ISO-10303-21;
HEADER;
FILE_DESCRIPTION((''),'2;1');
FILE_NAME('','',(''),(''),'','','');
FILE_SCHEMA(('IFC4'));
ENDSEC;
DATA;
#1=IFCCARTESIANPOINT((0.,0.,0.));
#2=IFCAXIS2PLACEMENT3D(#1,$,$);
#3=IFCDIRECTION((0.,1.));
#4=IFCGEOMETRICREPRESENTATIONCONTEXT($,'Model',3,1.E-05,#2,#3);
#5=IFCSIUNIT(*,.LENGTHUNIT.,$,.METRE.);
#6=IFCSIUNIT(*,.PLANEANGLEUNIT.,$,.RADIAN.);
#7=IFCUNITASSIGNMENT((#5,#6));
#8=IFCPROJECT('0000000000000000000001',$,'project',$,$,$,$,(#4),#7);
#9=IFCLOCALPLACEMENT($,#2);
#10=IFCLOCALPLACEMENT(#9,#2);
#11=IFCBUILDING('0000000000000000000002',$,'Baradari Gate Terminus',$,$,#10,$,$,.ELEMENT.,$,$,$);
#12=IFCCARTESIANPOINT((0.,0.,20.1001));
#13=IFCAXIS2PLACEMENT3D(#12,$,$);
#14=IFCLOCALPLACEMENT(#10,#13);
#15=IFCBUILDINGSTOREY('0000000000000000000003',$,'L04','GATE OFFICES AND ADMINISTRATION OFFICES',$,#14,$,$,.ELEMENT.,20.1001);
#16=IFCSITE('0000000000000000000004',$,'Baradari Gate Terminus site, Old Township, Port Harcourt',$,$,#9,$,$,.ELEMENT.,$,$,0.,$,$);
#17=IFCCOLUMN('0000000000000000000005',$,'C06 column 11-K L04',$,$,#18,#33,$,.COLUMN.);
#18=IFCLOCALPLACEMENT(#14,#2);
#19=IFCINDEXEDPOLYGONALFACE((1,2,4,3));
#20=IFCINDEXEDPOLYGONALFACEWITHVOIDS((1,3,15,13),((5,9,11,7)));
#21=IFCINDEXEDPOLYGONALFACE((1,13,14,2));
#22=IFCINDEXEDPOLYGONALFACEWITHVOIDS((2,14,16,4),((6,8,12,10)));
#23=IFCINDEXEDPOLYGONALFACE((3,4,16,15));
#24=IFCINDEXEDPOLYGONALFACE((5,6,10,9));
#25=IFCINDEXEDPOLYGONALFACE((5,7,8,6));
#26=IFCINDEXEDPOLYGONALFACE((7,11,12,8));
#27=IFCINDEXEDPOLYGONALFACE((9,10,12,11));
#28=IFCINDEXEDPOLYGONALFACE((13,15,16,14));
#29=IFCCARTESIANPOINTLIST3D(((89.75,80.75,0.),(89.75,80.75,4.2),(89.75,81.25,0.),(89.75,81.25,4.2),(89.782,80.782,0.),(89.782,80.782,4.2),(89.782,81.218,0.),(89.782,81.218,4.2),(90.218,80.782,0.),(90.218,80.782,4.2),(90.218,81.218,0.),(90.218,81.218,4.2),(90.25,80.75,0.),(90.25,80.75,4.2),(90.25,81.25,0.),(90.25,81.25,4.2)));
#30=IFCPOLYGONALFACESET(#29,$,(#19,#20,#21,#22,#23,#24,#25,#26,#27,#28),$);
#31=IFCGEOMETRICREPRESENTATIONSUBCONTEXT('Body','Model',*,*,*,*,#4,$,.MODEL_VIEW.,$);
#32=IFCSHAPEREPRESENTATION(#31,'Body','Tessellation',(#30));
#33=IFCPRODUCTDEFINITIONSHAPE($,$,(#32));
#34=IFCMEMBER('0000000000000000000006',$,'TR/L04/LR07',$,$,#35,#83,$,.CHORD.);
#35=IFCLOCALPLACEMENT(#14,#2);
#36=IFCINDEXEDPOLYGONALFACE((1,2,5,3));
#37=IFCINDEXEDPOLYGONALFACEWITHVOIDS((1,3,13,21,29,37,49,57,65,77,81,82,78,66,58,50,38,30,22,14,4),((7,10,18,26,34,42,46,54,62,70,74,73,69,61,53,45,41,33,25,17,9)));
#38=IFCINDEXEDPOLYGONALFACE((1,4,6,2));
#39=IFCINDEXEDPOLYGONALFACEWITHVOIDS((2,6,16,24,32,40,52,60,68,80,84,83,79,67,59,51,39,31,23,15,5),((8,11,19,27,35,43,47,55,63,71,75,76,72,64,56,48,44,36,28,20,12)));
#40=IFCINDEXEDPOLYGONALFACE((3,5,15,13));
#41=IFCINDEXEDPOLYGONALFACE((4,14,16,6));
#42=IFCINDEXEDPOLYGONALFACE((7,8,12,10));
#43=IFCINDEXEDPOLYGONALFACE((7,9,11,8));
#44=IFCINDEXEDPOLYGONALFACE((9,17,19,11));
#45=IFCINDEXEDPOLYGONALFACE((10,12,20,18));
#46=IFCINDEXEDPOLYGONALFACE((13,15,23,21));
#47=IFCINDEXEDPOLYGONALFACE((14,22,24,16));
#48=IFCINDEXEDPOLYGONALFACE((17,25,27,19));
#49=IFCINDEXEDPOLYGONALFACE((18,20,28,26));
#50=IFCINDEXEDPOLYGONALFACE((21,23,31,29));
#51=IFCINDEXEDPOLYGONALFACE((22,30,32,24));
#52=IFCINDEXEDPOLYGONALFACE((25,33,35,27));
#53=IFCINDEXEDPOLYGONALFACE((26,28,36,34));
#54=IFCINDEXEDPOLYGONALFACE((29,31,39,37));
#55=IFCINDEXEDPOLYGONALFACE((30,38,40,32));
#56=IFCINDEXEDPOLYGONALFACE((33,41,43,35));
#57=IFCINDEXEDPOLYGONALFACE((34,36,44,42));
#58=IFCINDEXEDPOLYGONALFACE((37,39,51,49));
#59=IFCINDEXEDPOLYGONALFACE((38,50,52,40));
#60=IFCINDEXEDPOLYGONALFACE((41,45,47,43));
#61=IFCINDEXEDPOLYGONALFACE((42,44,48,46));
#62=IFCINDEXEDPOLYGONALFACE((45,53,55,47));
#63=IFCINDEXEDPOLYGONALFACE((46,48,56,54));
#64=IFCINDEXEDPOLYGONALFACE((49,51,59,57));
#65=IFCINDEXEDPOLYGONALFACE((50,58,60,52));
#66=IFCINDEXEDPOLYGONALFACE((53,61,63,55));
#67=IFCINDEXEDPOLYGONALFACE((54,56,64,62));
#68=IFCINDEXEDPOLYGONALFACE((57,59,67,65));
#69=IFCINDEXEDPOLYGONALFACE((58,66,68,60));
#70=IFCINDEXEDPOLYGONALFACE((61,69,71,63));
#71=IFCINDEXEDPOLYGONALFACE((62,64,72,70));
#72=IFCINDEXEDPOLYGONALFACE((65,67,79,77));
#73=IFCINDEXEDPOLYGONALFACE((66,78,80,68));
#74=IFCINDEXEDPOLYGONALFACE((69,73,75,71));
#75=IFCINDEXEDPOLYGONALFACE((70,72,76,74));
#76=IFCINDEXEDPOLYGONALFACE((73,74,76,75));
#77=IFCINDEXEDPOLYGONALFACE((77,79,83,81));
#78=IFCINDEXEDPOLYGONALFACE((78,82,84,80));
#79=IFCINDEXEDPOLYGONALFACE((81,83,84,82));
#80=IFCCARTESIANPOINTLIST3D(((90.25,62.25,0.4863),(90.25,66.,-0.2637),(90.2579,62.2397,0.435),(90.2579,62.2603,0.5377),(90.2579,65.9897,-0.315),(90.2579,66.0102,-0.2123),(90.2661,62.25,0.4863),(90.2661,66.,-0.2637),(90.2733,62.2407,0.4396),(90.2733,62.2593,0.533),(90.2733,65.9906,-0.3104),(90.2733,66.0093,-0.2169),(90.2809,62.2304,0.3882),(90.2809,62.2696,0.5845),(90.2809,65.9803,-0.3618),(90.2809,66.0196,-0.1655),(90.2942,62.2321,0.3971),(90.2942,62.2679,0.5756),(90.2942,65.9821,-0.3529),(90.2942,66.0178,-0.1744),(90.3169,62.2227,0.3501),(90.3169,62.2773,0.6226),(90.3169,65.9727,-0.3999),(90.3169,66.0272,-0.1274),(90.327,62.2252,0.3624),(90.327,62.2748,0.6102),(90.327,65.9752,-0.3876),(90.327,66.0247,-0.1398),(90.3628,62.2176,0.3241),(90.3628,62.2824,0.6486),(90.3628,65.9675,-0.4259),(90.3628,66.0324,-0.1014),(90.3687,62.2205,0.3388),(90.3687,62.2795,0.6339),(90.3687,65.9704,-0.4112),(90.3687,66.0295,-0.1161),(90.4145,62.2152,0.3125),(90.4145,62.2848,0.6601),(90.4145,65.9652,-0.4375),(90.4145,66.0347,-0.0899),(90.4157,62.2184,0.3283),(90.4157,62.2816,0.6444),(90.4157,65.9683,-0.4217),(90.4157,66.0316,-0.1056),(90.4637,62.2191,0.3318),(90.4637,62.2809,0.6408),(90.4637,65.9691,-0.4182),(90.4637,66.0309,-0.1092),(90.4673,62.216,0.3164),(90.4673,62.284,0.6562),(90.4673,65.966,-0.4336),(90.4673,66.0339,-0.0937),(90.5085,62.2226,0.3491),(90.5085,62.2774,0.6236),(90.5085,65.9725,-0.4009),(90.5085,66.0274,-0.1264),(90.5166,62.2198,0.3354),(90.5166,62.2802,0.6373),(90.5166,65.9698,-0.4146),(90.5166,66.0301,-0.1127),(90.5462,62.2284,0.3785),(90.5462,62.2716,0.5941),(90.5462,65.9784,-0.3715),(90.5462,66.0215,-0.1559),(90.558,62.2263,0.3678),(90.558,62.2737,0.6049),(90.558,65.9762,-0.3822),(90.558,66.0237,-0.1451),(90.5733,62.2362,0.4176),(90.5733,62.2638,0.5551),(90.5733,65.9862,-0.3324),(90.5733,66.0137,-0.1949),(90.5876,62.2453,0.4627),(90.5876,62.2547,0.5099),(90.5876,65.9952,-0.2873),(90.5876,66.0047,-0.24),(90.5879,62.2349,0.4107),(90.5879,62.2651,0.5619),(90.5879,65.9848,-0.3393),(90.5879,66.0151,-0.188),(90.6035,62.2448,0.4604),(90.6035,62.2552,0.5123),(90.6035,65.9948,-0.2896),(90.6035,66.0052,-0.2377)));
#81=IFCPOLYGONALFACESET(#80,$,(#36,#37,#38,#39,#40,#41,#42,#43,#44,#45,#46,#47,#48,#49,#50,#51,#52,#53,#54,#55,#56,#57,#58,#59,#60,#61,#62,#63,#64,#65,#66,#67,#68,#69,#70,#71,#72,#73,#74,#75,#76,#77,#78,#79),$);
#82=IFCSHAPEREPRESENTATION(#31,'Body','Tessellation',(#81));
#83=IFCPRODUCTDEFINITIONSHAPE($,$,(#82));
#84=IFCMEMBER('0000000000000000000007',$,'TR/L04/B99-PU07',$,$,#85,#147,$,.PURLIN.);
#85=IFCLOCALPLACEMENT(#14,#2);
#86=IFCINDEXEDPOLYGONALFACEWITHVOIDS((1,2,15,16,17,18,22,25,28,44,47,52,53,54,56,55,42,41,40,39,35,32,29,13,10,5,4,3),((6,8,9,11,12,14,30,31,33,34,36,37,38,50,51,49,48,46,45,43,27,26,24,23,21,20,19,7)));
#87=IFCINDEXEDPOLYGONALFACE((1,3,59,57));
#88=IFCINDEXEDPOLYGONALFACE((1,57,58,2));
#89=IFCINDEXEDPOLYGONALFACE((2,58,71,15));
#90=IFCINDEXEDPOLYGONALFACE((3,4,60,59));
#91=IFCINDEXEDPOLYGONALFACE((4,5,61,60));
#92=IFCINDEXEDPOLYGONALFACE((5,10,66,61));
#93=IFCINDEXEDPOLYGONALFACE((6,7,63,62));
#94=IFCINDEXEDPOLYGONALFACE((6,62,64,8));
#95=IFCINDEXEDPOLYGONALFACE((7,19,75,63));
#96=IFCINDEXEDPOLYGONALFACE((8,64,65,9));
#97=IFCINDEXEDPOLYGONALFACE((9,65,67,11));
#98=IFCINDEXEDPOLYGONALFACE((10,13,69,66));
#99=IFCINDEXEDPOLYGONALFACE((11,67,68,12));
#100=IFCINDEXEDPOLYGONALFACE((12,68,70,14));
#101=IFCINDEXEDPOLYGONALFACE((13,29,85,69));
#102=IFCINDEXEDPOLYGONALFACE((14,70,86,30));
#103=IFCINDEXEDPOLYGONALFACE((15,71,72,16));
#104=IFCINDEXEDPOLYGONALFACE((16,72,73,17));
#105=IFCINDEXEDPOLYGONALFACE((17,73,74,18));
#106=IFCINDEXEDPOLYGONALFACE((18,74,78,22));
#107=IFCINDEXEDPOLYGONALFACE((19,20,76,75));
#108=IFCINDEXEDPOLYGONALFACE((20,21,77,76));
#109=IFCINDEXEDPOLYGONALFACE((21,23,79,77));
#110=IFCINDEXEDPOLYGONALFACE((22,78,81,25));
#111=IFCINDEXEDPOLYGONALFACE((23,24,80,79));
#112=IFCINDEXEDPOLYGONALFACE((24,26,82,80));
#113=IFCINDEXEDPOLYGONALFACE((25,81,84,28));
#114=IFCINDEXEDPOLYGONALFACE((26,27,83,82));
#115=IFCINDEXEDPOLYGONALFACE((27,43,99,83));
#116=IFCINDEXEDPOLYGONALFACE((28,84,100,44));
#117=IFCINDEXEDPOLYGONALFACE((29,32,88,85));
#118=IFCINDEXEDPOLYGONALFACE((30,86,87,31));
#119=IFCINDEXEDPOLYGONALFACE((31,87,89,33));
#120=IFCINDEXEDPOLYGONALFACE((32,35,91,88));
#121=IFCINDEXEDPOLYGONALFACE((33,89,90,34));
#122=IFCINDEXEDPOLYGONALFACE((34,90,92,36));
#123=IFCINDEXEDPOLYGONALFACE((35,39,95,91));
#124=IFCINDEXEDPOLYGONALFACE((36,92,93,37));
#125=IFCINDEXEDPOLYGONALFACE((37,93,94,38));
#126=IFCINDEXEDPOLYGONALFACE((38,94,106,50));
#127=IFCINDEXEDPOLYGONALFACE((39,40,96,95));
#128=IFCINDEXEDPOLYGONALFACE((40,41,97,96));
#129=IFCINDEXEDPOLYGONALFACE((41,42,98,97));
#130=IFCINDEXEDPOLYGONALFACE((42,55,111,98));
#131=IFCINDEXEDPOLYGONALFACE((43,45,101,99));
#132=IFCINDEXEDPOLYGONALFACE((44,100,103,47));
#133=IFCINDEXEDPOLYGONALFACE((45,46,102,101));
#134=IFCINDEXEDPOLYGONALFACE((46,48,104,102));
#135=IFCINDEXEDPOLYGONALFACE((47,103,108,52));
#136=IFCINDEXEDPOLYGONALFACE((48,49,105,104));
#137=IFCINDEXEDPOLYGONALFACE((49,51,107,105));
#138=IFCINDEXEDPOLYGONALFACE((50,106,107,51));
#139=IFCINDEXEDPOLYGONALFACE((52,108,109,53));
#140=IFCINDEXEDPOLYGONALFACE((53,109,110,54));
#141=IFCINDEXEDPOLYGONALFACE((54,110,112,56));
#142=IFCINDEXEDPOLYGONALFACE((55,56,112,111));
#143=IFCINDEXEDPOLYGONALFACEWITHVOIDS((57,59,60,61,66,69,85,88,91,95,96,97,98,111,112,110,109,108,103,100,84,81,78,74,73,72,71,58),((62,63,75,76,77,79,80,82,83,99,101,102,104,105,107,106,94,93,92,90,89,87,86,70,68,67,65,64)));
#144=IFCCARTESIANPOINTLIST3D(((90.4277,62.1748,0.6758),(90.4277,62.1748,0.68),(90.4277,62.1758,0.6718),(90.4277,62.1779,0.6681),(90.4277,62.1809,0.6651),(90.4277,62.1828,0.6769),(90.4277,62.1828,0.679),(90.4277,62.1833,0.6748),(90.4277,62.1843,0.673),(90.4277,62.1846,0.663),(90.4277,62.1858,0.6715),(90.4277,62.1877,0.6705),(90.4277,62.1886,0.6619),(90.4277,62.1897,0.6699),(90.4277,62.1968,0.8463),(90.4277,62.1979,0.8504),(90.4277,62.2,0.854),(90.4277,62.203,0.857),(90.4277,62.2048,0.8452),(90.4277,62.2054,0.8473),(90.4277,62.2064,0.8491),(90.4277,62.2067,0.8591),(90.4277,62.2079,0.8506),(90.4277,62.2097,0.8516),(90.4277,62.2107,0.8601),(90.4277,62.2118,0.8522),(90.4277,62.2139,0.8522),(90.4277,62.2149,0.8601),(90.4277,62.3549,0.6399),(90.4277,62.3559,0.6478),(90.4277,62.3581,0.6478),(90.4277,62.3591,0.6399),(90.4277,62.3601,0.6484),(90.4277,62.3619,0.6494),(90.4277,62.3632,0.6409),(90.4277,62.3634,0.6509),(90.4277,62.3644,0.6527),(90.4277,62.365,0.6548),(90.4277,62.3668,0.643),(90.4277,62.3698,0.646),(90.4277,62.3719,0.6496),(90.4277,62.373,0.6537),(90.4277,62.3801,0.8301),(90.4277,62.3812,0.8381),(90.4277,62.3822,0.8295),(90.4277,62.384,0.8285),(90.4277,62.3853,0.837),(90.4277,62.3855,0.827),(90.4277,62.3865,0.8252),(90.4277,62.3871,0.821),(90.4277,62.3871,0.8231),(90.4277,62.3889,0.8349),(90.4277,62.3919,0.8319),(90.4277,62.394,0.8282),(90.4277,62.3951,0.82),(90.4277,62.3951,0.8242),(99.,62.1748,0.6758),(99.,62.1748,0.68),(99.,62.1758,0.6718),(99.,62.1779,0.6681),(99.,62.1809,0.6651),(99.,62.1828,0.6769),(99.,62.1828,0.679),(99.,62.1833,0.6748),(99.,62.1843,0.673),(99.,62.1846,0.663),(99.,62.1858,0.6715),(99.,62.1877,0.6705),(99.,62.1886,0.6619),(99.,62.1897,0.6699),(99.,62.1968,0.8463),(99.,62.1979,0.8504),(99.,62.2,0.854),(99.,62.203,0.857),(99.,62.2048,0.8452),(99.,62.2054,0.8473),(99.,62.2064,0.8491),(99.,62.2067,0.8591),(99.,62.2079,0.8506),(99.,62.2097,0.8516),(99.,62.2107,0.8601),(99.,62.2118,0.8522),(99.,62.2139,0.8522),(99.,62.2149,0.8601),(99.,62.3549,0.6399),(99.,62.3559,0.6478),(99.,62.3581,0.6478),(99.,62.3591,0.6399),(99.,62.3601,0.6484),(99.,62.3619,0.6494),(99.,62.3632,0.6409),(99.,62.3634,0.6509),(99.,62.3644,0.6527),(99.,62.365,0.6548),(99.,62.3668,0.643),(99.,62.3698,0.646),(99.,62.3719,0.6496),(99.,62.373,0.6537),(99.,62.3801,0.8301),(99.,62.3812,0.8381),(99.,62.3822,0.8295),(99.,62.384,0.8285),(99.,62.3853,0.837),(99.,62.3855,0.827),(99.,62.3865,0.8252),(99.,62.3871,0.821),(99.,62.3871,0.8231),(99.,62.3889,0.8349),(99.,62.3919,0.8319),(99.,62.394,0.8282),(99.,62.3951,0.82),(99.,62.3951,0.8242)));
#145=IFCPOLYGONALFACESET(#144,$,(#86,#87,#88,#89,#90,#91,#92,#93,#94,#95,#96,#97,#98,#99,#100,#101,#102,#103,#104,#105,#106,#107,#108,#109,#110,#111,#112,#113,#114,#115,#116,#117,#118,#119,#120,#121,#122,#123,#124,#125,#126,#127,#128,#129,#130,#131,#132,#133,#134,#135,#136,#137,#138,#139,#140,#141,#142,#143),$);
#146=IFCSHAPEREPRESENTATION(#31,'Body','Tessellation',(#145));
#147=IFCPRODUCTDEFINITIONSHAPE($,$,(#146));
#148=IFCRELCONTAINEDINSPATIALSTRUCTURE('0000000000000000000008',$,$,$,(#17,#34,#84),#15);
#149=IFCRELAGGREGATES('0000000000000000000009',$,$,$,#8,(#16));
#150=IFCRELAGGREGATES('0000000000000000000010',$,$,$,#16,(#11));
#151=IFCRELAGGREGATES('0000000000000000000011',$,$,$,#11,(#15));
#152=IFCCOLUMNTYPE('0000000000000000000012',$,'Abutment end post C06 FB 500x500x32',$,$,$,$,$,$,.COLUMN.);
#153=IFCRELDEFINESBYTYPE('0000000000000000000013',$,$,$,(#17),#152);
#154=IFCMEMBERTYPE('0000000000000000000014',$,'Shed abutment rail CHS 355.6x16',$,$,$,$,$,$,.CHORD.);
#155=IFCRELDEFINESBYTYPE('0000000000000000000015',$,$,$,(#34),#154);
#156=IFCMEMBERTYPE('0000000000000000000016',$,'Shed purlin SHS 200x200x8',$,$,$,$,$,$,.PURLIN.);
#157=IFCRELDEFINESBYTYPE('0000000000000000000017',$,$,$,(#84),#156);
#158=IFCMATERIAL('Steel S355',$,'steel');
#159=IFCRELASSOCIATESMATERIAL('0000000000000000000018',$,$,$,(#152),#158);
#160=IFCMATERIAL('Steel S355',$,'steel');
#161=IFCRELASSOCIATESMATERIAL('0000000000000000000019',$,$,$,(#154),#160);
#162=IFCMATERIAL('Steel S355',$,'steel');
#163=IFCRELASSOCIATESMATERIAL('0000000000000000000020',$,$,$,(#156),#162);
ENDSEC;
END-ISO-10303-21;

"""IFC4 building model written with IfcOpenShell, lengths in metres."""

from ifc_helpers import new_model, si_unit, direction, frame, origin, origin_2d, place, context, subcontext, project, spatial, hollow_rectangle, hollow_circle, extrude, material, material_profile, profile_set, type_object, element, save


model = new_model("IFC4")

# Units and contexts
model_context = context("Model", 3, precision=1e-05, world=origin(), true_north=direction((0.0, 1.0)))
body_context = subcontext(model_context, "Body", "Model", "MODEL_VIEW")
ifc_project = project(units=[si_unit("LENGTHUNIT", "METRE"), si_unit("PLANEANGLEUNIT", "RADIAN")], contexts=[model_context])

# Site, building, storey
site_placement = place(None, origin())
site = spatial("IfcSite", under=ifc_project, at=site_placement, Name="Baradari Gate Terminus site, Old Township, Port Harcourt", CompositionType="ELEMENT", RefElevation=0.0)
building_placement = place(site_placement, origin())
building = spatial("IfcBuilding", under=site, at=building_placement, Name="Baradari Gate Terminus", CompositionType="ELEMENT")
storey_placement = place(building_placement, frame((0.0, 0.0, 20.1001)))
storey = spatial("IfcBuildingStorey", under=building, at=storey_placement, Name="L04", Description="GATE OFFICES AND ADMINISTRATION OFFICES", CompositionType="ELEMENT", Elevation=20.1001)

# Column
ifc_material_1 = material(Name="Steel S355", Category="steel")
ifc_material_profile_1 = material_profile(ifc_material_1, hollow_rectangle(XDim=0.5, YDim=0.5, WallThickness=0.032, at=origin_2d()), Name="FB 500x500x32")
ifc_profile_set_1 = profile_set([ifc_material_profile_1], Name="Steel S355")
column_type = type_object("IfcColumnType", Name="Abutment end post C06 FB 500x500x32", PredefinedType="COLUMN", material=ifc_profile_set_1)
column_placement = place(storey_placement, frame((90.0, 81.0, 0.0), z_axis=(0.0, 0.0, 1.0), x_axis=(1.0, 0.0, 0.0)))
element("IfcColumn", 1, at=column_placement, inside=storey, type_object=column_type, Name="C06 column 11-K L04", PredefinedType="COLUMN", context=body_context, shape_type="SweptSolid", body=[
    extrude(hollow_rectangle(XDim=0.5, YDim=0.5, WallThickness=0.032, at=origin_2d()), origin(), (0.0, 0.0, 1.0), 4.2),
])

# Members
ifc_material_2 = material(Name="Steel S355", Category="steel")
ifc_material_profile_2 = material_profile(ifc_material_2, hollow_circle(Radius=0.1777, WallThickness=0.0161, at=origin_2d()), Name="CHS 355.6x16")
ifc_profile_set_2 = profile_set([ifc_material_profile_2], Name="Steel S355")
member_type_1 = type_object("IfcMemberType", Name="Shed abutment rail CHS 355.6x16", PredefinedType="CHORD", material=ifc_profile_set_2)
member_placement = place(storey_placement, frame((90.4277, 62.25, 0.4863), z_axis=(0.0, 0.980581, -0.196116), x_axis=(-1.0, 0.0, 0.0)))
element("IfcMember", 2, at=member_placement, inside=storey, type_object=member_type_1, Name="TR/L04/LR07", PredefinedType="CHORD", context=body_context, shape_type="SweptSolid", body=[
    extrude(hollow_circle(Radius=0.1777, WallThickness=0.0161, at=origin_2d()), origin(), (0.0, 0.0, 1.0), 3.8242),
])
ifc_material_3 = material(Name="Steel S355", Category="steel")
ifc_material_profile_3 = material_profile(ifc_material_3, hollow_rectangle(XDim=0.2, YDim=0.2, WallThickness=0.0081, InnerFilletRadius=0.0081, OuterFilletRadius=0.0161, at=origin_2d()), Name="SHS 200x200x8")
ifc_profile_set_3 = profile_set([ifc_material_profile_3], Name="Steel S355")
member_type_2 = type_object("IfcMemberType", Name="Shed purlin SHS 200x200x8", PredefinedType="PURLIN", material=ifc_profile_set_3)
for number, where, z_axis, x_axis, name in (
    (3, (90.4277, 62.2849, 0.75), (1.0, 0.0, 0.0), (0.0, 0.991303, -0.131599), "TR/L04/B99-PU07"),
):
    element("IfcMember", number, at=place(storey_placement, frame(where, z_axis=z_axis, x_axis=x_axis)), inside=storey, type_object=member_type_2, Name=name, PredefinedType="PURLIN", context=body_context, shape_type="SweptSolid", body=[
        extrude(hollow_rectangle(XDim=0.2, YDim=0.2, WallThickness=0.0081, InnerFilletRadius=0.0081, OuterFilletRadius=0.0161, at=origin_2d()), origin(), (0.0, 0.0, 1.0), 8.5723),
    ])

save(model, "model.ifc")
